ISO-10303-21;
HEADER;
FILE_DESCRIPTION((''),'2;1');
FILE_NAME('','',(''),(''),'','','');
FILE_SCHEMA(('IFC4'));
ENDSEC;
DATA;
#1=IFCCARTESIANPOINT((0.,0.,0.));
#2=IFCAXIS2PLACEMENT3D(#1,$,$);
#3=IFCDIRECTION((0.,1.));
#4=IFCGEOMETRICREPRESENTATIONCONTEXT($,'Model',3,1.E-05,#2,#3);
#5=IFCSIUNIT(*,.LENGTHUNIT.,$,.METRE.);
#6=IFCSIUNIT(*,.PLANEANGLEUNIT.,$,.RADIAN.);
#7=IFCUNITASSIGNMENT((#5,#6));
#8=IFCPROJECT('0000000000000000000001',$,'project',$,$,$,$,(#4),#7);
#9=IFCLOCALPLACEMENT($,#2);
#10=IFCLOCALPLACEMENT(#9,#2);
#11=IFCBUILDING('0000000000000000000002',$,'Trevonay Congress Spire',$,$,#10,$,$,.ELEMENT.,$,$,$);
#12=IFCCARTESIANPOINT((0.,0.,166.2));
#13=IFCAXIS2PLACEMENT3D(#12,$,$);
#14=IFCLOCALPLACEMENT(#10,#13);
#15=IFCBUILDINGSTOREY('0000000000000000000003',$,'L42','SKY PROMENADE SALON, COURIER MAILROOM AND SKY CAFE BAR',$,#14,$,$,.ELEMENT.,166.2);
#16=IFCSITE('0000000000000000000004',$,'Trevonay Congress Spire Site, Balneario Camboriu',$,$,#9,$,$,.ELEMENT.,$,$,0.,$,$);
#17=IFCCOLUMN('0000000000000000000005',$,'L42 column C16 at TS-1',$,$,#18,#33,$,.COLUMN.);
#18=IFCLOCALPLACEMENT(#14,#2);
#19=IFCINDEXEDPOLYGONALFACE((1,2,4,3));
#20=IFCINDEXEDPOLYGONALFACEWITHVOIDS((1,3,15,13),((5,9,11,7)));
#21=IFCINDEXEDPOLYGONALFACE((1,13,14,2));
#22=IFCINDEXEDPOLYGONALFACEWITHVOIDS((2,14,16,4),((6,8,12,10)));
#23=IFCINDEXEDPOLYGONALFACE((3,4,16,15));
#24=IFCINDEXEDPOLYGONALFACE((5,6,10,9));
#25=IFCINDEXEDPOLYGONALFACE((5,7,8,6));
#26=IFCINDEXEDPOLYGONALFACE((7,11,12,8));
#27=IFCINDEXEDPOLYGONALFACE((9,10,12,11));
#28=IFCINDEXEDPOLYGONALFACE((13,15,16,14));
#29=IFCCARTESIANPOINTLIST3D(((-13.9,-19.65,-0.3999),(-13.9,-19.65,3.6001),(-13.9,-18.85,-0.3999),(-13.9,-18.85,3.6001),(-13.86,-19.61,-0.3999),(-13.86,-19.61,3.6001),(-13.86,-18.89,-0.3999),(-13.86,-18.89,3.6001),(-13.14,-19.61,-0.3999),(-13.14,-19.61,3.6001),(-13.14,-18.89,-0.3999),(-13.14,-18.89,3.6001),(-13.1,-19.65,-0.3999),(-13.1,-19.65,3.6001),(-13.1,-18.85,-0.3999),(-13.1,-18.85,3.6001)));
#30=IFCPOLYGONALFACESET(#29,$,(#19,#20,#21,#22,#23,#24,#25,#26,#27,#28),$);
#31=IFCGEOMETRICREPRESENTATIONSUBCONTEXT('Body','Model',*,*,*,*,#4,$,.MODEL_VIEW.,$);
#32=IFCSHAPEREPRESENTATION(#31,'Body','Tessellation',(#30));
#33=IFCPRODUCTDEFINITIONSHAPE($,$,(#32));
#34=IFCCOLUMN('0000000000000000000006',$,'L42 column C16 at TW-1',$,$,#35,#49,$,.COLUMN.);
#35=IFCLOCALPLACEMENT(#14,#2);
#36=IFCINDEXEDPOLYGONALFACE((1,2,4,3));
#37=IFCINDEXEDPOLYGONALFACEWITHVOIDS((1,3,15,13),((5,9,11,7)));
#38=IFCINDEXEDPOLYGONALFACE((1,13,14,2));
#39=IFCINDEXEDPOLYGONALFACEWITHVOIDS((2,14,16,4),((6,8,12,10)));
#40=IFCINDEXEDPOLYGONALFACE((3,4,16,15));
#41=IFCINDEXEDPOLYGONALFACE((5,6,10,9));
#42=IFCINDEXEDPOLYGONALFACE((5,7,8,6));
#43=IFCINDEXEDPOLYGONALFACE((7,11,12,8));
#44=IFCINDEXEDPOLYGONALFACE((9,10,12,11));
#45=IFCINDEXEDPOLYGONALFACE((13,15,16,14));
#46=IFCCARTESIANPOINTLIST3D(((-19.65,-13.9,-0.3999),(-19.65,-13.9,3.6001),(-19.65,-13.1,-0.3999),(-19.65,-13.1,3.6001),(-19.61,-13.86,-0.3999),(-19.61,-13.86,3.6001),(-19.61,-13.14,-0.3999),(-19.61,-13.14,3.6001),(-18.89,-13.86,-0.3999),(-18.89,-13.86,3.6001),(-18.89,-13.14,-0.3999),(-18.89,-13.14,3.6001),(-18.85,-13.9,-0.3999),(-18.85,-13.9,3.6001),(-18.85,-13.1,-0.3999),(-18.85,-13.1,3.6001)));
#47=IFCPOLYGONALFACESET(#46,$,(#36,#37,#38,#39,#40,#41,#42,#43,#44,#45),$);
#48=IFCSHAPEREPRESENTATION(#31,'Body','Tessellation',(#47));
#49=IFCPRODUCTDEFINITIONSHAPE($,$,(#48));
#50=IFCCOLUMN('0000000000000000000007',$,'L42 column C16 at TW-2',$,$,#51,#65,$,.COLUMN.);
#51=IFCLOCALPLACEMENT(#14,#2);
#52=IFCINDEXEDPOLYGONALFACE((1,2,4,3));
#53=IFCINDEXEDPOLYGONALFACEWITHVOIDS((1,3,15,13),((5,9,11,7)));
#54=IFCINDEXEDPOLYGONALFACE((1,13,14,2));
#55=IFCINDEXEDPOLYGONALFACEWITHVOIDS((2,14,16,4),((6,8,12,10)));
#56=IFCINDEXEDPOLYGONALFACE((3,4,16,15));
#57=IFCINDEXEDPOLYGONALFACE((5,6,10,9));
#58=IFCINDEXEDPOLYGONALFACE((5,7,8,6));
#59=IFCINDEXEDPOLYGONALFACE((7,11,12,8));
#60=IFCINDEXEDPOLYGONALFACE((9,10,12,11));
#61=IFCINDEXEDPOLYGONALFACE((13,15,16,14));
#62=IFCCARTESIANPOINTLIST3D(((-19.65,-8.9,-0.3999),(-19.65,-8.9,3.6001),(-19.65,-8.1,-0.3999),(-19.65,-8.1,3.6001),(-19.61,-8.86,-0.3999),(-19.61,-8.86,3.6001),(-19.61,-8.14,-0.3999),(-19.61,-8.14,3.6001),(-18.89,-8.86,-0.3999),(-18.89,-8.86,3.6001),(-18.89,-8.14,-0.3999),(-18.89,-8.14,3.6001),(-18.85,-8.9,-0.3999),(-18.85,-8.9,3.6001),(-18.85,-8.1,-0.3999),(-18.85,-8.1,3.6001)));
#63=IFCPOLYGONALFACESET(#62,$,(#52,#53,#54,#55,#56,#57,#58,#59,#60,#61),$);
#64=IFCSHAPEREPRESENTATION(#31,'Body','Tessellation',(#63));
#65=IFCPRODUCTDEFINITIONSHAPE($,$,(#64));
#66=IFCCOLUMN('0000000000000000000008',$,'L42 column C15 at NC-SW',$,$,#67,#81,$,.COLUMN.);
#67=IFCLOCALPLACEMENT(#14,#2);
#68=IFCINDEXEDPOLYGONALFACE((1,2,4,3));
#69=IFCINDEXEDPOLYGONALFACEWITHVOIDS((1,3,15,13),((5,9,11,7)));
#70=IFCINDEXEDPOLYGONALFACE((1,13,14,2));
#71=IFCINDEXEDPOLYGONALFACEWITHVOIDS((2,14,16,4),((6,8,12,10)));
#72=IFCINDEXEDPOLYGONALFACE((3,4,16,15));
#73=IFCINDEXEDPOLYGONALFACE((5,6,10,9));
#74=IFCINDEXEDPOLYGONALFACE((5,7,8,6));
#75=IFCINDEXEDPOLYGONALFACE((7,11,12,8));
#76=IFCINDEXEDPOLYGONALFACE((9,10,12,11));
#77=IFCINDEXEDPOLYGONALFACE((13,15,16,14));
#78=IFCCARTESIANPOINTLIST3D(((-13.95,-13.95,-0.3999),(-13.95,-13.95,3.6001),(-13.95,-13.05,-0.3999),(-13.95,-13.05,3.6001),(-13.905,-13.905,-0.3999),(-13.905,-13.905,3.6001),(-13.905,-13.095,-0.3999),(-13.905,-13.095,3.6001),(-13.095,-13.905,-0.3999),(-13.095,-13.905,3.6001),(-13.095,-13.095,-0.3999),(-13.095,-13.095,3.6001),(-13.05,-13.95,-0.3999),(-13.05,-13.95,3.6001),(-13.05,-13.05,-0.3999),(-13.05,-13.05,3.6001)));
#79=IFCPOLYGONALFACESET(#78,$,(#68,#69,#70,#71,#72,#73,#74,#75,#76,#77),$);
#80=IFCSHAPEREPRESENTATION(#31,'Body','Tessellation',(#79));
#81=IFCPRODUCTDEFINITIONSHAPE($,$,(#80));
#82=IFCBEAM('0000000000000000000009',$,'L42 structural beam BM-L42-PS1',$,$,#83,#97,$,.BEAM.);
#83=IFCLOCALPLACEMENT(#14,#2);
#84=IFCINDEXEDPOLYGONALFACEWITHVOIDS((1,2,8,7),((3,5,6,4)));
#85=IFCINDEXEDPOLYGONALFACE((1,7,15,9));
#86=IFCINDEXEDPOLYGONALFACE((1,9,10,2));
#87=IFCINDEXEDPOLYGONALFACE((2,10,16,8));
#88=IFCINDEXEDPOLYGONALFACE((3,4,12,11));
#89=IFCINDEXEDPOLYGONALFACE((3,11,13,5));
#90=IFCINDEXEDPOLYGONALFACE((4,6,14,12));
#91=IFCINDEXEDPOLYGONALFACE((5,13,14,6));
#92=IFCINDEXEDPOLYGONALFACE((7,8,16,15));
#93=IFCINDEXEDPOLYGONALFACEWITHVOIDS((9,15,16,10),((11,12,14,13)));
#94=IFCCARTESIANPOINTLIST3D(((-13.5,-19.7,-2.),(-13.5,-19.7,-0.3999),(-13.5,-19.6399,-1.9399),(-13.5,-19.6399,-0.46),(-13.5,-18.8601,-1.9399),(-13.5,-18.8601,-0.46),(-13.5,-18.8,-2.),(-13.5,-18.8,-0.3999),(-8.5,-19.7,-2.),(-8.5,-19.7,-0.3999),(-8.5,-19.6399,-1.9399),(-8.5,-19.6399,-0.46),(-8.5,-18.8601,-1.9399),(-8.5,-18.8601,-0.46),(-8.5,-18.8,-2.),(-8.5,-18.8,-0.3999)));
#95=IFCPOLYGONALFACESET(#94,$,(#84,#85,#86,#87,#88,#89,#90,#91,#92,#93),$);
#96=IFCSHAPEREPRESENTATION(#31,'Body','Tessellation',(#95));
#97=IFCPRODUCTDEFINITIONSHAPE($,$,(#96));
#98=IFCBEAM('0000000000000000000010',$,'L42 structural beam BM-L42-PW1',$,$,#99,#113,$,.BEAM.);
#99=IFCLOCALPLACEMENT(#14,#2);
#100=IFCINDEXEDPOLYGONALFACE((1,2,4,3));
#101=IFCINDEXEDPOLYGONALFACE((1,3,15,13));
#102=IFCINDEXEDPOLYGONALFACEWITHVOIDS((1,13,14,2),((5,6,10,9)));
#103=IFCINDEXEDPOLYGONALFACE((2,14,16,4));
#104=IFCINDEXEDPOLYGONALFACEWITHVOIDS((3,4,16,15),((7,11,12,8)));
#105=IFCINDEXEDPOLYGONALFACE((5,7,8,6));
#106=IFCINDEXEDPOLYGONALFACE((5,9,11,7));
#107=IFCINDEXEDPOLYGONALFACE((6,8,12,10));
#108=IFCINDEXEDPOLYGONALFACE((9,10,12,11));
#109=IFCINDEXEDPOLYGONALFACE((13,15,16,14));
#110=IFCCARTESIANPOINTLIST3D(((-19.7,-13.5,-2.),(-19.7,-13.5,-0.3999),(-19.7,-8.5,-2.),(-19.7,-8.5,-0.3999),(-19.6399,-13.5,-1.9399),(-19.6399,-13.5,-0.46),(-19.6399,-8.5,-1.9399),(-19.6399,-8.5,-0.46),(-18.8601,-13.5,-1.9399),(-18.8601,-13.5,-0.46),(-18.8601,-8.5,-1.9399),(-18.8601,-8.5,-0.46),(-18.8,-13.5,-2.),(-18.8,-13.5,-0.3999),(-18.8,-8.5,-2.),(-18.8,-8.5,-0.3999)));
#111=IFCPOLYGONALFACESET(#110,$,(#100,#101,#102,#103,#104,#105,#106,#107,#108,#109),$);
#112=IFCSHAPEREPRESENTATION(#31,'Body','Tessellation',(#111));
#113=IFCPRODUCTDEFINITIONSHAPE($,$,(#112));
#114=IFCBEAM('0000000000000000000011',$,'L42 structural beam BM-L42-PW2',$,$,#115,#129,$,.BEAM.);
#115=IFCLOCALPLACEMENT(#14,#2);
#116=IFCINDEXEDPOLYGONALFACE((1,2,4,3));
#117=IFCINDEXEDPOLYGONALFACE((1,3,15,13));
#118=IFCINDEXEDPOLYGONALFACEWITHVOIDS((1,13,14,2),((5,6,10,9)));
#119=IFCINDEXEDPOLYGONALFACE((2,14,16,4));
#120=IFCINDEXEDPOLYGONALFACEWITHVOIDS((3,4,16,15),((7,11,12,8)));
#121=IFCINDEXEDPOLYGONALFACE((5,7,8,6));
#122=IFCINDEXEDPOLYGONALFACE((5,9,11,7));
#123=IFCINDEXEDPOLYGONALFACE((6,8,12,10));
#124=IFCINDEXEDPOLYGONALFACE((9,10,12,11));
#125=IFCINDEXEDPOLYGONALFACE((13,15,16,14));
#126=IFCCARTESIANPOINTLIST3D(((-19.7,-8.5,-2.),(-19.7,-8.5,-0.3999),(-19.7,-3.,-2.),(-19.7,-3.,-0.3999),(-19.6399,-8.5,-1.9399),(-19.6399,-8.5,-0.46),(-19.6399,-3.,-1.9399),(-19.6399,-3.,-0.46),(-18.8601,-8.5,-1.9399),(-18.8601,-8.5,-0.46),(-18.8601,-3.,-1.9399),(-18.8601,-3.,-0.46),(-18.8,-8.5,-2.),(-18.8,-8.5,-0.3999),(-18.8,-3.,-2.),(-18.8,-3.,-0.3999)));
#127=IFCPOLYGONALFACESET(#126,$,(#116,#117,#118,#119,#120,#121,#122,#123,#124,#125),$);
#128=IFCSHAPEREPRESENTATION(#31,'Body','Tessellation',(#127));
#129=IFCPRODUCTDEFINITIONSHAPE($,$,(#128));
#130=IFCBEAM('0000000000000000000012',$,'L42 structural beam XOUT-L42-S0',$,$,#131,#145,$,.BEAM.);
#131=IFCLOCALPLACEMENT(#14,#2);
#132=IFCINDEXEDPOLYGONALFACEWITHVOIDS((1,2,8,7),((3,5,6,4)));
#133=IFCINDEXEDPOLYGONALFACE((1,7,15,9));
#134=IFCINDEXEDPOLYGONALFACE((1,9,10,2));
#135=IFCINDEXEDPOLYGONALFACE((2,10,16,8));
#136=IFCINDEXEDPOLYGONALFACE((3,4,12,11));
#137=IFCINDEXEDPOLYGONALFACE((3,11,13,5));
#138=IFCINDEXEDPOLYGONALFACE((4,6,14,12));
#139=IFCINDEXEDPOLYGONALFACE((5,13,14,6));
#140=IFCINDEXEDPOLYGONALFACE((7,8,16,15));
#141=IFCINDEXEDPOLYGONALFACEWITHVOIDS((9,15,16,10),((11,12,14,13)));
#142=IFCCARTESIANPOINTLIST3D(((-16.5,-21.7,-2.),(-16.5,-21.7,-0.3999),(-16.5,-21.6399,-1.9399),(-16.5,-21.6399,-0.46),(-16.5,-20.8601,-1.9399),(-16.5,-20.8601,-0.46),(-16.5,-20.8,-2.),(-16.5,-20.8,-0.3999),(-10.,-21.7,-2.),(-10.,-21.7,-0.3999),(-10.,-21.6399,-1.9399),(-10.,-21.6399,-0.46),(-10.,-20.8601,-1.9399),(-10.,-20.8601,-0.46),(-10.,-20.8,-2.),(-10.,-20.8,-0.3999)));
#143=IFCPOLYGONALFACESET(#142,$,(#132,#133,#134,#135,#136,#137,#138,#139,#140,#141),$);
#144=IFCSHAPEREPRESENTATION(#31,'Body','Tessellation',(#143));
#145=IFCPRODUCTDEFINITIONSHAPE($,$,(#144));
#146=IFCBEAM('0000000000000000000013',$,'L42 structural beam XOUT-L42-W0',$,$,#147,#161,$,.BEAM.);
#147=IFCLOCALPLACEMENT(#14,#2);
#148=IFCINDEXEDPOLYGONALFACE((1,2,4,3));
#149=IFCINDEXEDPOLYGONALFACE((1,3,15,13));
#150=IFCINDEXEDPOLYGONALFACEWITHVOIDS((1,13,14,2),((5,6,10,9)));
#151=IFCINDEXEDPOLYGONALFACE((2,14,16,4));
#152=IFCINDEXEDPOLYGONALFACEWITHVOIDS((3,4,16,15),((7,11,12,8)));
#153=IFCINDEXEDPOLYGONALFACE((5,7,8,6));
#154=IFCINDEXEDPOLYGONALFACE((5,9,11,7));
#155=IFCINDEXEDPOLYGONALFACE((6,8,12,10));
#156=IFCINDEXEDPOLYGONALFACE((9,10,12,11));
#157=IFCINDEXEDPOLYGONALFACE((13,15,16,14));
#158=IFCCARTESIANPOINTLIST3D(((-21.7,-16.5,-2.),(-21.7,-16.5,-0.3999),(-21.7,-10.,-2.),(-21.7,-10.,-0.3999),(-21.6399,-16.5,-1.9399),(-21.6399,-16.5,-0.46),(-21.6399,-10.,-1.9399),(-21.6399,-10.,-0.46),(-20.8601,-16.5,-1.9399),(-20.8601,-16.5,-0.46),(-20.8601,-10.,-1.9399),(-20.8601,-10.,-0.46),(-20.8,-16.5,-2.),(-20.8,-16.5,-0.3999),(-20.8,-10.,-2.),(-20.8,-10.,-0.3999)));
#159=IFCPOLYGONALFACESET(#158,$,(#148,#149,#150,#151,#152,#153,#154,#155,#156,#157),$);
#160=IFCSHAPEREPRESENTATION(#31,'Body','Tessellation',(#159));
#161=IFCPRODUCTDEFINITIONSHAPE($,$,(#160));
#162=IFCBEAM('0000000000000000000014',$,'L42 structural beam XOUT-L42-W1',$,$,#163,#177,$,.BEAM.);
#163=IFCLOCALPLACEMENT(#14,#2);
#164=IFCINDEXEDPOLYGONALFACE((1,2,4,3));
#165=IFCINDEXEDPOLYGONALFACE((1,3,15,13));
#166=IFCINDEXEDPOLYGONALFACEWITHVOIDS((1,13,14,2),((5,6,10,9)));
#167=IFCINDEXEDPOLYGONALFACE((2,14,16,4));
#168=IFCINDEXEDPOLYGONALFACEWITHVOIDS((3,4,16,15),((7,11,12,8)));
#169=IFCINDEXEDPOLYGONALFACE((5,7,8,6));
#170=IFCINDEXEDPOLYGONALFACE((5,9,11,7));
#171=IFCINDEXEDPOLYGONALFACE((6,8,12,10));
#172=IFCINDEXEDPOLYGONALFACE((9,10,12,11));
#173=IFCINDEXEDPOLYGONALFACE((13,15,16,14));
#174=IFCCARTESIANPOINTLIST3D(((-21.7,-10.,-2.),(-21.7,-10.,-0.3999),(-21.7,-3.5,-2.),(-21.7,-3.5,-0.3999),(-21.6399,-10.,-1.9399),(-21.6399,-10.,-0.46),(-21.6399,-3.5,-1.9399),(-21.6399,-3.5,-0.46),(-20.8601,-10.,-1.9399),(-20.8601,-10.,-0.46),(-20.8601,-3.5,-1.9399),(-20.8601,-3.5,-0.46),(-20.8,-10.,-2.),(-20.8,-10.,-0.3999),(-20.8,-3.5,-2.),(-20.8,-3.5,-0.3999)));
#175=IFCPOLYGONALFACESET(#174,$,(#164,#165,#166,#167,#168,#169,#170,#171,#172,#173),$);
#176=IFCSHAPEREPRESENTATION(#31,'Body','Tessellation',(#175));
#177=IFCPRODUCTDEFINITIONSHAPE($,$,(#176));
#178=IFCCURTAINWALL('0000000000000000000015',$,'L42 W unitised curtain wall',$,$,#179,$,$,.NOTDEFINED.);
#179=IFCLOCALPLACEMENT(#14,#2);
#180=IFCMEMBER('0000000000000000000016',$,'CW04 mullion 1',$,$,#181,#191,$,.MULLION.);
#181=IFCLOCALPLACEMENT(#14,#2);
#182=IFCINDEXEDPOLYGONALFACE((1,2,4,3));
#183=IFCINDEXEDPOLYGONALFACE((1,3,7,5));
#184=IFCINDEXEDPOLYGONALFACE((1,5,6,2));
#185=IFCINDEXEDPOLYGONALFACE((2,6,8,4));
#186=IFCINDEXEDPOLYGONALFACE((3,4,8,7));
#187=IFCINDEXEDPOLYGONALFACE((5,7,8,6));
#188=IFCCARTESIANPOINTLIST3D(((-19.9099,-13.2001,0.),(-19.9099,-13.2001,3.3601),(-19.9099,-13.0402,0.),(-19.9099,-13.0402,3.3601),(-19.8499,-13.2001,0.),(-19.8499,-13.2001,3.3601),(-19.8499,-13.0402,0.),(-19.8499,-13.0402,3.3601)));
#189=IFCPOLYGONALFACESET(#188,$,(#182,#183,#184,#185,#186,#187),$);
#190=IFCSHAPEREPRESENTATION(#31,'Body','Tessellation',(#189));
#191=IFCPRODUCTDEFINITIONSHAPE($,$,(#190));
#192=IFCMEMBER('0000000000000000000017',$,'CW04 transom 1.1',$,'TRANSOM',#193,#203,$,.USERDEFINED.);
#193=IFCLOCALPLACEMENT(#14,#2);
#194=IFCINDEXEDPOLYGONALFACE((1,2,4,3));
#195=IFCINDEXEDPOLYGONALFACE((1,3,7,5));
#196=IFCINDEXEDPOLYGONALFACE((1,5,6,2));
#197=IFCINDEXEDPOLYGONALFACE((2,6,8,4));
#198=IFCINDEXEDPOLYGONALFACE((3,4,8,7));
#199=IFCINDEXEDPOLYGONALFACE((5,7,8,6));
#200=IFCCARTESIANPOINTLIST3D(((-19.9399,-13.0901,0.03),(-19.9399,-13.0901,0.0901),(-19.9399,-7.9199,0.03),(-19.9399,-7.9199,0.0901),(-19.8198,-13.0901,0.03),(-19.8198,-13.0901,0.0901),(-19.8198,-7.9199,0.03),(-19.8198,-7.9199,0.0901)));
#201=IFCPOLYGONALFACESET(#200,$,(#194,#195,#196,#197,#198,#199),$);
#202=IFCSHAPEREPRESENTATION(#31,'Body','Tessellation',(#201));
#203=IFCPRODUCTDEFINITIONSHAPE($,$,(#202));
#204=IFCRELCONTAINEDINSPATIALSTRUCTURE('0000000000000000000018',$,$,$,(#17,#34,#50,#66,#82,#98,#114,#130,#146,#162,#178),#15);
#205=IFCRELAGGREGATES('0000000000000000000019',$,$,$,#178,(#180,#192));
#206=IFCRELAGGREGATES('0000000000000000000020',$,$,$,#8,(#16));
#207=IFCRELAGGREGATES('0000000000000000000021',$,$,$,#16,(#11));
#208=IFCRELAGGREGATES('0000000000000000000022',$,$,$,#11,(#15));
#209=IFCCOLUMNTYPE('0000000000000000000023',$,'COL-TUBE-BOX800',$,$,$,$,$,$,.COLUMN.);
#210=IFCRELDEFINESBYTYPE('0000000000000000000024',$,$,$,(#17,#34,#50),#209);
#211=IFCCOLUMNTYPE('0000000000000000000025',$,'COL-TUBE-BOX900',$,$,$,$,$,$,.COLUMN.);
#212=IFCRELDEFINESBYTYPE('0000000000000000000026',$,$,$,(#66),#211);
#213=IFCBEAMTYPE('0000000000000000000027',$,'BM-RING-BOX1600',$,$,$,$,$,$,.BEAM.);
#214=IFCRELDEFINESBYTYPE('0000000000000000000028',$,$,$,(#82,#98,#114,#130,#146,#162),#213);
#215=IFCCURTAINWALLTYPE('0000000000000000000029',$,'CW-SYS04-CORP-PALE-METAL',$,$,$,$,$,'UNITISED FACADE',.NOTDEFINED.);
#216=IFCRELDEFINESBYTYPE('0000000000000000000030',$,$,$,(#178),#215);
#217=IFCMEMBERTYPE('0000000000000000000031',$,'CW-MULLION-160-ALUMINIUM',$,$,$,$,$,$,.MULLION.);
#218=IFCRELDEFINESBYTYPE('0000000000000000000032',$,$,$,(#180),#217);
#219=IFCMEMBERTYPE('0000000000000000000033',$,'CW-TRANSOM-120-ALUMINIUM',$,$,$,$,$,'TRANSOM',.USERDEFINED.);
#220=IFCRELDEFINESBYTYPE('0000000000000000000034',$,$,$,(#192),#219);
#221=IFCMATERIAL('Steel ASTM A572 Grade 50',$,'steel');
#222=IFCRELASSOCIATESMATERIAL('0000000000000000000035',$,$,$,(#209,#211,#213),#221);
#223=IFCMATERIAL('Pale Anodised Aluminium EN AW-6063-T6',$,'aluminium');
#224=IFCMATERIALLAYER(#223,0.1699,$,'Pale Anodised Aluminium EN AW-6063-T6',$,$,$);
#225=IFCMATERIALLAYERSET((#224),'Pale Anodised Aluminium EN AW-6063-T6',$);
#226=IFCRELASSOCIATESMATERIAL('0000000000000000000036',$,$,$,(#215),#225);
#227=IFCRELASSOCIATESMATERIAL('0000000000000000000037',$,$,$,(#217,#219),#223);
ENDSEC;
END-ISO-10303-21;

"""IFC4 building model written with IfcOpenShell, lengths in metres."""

from ifc_helpers import new_model, si_unit, direction, frame, origin, origin_2d, place, context, subcontext, project, spatial, rectangle, hollow_rectangle, extrude, material, layer, layer_set, material_profile, profile_set, type_object, element, aggregate, save


model = new_model("IFC4")

# Units and contexts
model_context = context("Model", 3, precision=1e-05, world=origin(), true_north=direction((0.0, 1.0)))
body_context = subcontext(model_context, "Body", "Model", "MODEL_VIEW")
ifc_project = project(units=[si_unit("LENGTHUNIT", "METRE"), si_unit("PLANEANGLEUNIT", "RADIAN")], contexts=[model_context])

# Site, building, storey
site_placement = place(None, origin())
site = spatial("IfcSite", under=ifc_project, at=site_placement, Name="Trevonay Congress Spire Site, Balneario Camboriu", CompositionType="ELEMENT", RefElevation=0.0)
building_placement = place(site_placement, origin())
building = spatial("IfcBuilding", under=site, at=building_placement, Name="Trevonay Congress Spire", CompositionType="ELEMENT")
storey_placement = place(building_placement, frame((0.0, 0.0, 166.2)))
storey = spatial("IfcBuildingStorey", under=building, at=storey_placement, Name="L42", Description="SKY PROMENADE SALON, COURIER MAILROOM AND SKY CAFE BAR", CompositionType="ELEMENT", Elevation=166.2)

# Columns
ifc_material_1 = material(Name="Steel ASTM A572 Grade 50", Category="steel")
ifc_material_profile_1 = material_profile(ifc_material_1, hollow_rectangle(XDim=0.8, YDim=0.8, WallThickness=0.04, at=origin_2d()), Name="BOX 800x800x40")
ifc_profile_set_1 = profile_set([ifc_material_profile_1], Name="Steel ASTM A572 Grade 50")
column_type_1 = type_object("IfcColumnType", Name="COL-TUBE-BOX800", PredefinedType="COLUMN", material=ifc_profile_set_1)
for number, where, z_axis, x_axis, name in (
    (1, (-13.5, -19.25, -0.3999), (0.0, 0.0, 1.0), (1.0, 0.0, 0.0), "L42 column C16 at TS-1"),
    (2, (-19.25, -13.5, -0.3999), (0.0, 0.0, 1.0), (1.0, 0.0, 0.0), "L42 column C16 at TW-1"),
    (3, (-19.25, -8.5, -0.3999), (0.0, 0.0, 1.0), (1.0, 0.0, 0.0), "L42 column C16 at TW-2"),
):
    element("IfcColumn", number, at=place(storey_placement, frame(where, z_axis=z_axis, x_axis=x_axis)), inside=storey, type_object=column_type_1, Name=name, PredefinedType="COLUMN", context=body_context, shape_type="SweptSolid", body=[
        extrude(hollow_rectangle(XDim=0.8, YDim=0.8, WallThickness=0.04, at=origin_2d()), origin(), (0.0, 0.0, 1.0), 4.0),
    ])
ifc_material_profile_2 = material_profile(ifc_material_1, hollow_rectangle(XDim=0.8999, YDim=0.8999, WallThickness=0.0449, at=origin_2d()), Name="BOX 900x900x45")
ifc_profile_set_2 = profile_set([ifc_material_profile_2], Name="Steel ASTM A572 Grade 50")
column_type_2 = type_object("IfcColumnType", Name="COL-TUBE-BOX900", PredefinedType="COLUMN", material=ifc_profile_set_2)
column_placement = place(storey_placement, frame((-13.5, -13.5, -0.3999), z_axis=(0.0, 0.0, 1.0), x_axis=(1.0, 0.0, 0.0)))
element("IfcColumn", 4, at=column_placement, inside=storey, type_object=column_type_2, Name="L42 column C15 at NC-SW", PredefinedType="COLUMN", context=body_context, shape_type="SweptSolid", body=[
    extrude(hollow_rectangle(XDim=0.8999, YDim=0.8999, WallThickness=0.0449, at=origin_2d()), origin(), (0.0, 0.0, 1.0), 4.0),
])

# Beams
ifc_material_profile_3 = material_profile(ifc_material_1, hollow_rectangle(XDim=0.8999, YDim=1.6001, WallThickness=0.0601, at=origin_2d()), Name="BOX 1600x900x60")
ifc_profile_set_3 = profile_set([ifc_material_profile_3], Name="Steel ASTM A572 Grade 50")
beam_type = type_object("IfcBeamType", Name="BM-RING-BOX1600", PredefinedType="BEAM", material=ifc_profile_set_3)
for number, where, z_axis, x_axis, name in (
    (5, (-13.5, -19.25, -1.2), (1.0, 0.0, 0.0), (0.0, 1.0, 0.0), "L42 structural beam BM-L42-PS1"),
    (6, (-19.25, -13.5, -1.2), (0.0, 1.0, 0.0), (-1.0, 0.0, 0.0), "L42 structural beam BM-L42-PW1"),
):
    element("IfcBeam", number, at=place(storey_placement, frame(where, z_axis=z_axis, x_axis=x_axis)), inside=storey, type_object=beam_type, Name=name, PredefinedType="BEAM", context=body_context, shape_type="SweptSolid", body=[
        extrude(hollow_rectangle(XDim=0.8999, YDim=1.6001, WallThickness=0.0601, at=origin_2d()), origin(), (0.0, 0.0, 1.0), 5.0),
    ])
beam_placement = place(storey_placement, frame((-19.25, -8.5, -1.2), z_axis=(0.0, 1.0, 0.0), x_axis=(-1.0, 0.0, 0.0)))
element("IfcBeam", 7, at=beam_placement, inside=storey, type_object=beam_type, Name="L42 structural beam BM-L42-PW2", PredefinedType="BEAM", context=body_context, shape_type="SweptSolid", body=[
    extrude(hollow_rectangle(XDim=0.8999, YDim=1.6001, WallThickness=0.0601, at=origin_2d()), origin(), (0.0, 0.0, 1.0), 5.5),
])
for number, where, z_axis, x_axis, name in (
    (8, (-16.5, -21.25, -1.2), (1.0, 0.0, 0.0), (0.0, 1.0, 0.0), "L42 structural beam XOUT-L42-S0"),
    (9, (-21.25, -16.5, -1.2), (0.0, 1.0, 0.0), (-1.0, 0.0, 0.0), "L42 structural beam XOUT-L42-W0"),
    (10, (-21.25, -10.0, -1.2), (0.0, 1.0, 0.0), (-1.0, 0.0, 0.0), "L42 structural beam XOUT-L42-W1"),
):
    element("IfcBeam", number, at=place(storey_placement, frame(where, z_axis=z_axis, x_axis=x_axis)), inside=storey, type_object=beam_type, Name=name, PredefinedType="BEAM", context=body_context, shape_type="SweptSolid", body=[
        extrude(hollow_rectangle(XDim=0.8999, YDim=1.6001, WallThickness=0.0601, at=origin_2d()), origin(), (0.0, 0.0, 1.0), 6.5),
    ])

# Curtain wall, members
ifc_material_2 = material(Name="Pale Anodised Aluminium EN AW-6063-T6", Category="aluminium")
ifc_layer_1 = layer(ifc_material_2, 0.1699, Name="Pale Anodised Aluminium EN AW-6063-T6")
ifc_layer_set_1 = layer_set([ifc_layer_1], Name="Pale Anodised Aluminium EN AW-6063-T6")
curtain_wall_type = type_object("IfcCurtainWallType", Name="CW-SYS04-CORP-PALE-METAL", ElementType="UNITISED FACADE", PredefinedType="NOTDEFINED", material=ifc_layer_set_1)
curtain_wall_placement = place(storey_placement, origin())
curtain_wall = element("IfcCurtainWall", 11, at=curtain_wall_placement, inside=storey, type_object=curtain_wall_type, Name="L42 W unitised curtain wall", PredefinedType="NOTDEFINED")
ifc_material_profile_4 = material_profile(ifc_material_2, rectangle(XDim=0.0601, YDim=0.1599, at=origin_2d()), Name="CW-MULLION-160-ALUMINIUM")
ifc_profile_set_4 = profile_set([ifc_material_profile_4], Name="Pale Anodised Aluminium EN AW-6063-T6")
member_type_1 = type_object("IfcMemberType", Name="CW-MULLION-160-ALUMINIUM", PredefinedType="MULLION", material=ifc_profile_set_4)
member_1_placement = place(storey_placement, frame((-19.8799, -13.1201, 0.0), z_axis=(0.0, 0.0, 1.0), x_axis=(-1.0, 0.0, 0.0)))
member_1 = element("IfcMember", 12, at=member_1_placement, type_object=member_type_1, Name="CW04 mullion 1", PredefinedType="MULLION", context=body_context, shape_type="SweptSolid", body=[
    extrude(rectangle(XDim=0.0601, YDim=0.1599, at=origin_2d()), origin(), (0.0, 0.0, 1.0), 3.3601),
])
ifc_material_profile_5 = material_profile(ifc_material_2, rectangle(XDim=0.1201, YDim=0.0601, at=origin_2d()), Name="CW-TRANSOM-120-ALUMINIUM")
ifc_profile_set_5 = profile_set([ifc_material_profile_5], Name="Pale Anodised Aluminium EN AW-6063-T6")
member_type_2 = type_object("IfcMemberType", Name="CW-TRANSOM-120-ALUMINIUM", ElementType="TRANSOM", PredefinedType="USERDEFINED", material=ifc_profile_set_5)
member_2_placement = place(storey_placement, frame((-19.8799, -13.0901, 0.0601), z_axis=(0.0, 1.0, 0.0), x_axis=(-1.0, 0.0, 0.0)))
member_2 = element("IfcMember", 13, at=member_2_placement, type_object=member_type_2, Name="CW04 transom 1.1", ObjectType="TRANSOM", PredefinedType="USERDEFINED", context=body_context, shape_type="SweptSolid", body=[
    extrude(rectangle(XDim=0.1201, YDim=0.0601, at=origin_2d()), origin(), (0.0, 0.0, 1.0), 5.1702),
])
aggregate(curtain_wall, [member_1, member_2])

save(model, "model.ifc")
